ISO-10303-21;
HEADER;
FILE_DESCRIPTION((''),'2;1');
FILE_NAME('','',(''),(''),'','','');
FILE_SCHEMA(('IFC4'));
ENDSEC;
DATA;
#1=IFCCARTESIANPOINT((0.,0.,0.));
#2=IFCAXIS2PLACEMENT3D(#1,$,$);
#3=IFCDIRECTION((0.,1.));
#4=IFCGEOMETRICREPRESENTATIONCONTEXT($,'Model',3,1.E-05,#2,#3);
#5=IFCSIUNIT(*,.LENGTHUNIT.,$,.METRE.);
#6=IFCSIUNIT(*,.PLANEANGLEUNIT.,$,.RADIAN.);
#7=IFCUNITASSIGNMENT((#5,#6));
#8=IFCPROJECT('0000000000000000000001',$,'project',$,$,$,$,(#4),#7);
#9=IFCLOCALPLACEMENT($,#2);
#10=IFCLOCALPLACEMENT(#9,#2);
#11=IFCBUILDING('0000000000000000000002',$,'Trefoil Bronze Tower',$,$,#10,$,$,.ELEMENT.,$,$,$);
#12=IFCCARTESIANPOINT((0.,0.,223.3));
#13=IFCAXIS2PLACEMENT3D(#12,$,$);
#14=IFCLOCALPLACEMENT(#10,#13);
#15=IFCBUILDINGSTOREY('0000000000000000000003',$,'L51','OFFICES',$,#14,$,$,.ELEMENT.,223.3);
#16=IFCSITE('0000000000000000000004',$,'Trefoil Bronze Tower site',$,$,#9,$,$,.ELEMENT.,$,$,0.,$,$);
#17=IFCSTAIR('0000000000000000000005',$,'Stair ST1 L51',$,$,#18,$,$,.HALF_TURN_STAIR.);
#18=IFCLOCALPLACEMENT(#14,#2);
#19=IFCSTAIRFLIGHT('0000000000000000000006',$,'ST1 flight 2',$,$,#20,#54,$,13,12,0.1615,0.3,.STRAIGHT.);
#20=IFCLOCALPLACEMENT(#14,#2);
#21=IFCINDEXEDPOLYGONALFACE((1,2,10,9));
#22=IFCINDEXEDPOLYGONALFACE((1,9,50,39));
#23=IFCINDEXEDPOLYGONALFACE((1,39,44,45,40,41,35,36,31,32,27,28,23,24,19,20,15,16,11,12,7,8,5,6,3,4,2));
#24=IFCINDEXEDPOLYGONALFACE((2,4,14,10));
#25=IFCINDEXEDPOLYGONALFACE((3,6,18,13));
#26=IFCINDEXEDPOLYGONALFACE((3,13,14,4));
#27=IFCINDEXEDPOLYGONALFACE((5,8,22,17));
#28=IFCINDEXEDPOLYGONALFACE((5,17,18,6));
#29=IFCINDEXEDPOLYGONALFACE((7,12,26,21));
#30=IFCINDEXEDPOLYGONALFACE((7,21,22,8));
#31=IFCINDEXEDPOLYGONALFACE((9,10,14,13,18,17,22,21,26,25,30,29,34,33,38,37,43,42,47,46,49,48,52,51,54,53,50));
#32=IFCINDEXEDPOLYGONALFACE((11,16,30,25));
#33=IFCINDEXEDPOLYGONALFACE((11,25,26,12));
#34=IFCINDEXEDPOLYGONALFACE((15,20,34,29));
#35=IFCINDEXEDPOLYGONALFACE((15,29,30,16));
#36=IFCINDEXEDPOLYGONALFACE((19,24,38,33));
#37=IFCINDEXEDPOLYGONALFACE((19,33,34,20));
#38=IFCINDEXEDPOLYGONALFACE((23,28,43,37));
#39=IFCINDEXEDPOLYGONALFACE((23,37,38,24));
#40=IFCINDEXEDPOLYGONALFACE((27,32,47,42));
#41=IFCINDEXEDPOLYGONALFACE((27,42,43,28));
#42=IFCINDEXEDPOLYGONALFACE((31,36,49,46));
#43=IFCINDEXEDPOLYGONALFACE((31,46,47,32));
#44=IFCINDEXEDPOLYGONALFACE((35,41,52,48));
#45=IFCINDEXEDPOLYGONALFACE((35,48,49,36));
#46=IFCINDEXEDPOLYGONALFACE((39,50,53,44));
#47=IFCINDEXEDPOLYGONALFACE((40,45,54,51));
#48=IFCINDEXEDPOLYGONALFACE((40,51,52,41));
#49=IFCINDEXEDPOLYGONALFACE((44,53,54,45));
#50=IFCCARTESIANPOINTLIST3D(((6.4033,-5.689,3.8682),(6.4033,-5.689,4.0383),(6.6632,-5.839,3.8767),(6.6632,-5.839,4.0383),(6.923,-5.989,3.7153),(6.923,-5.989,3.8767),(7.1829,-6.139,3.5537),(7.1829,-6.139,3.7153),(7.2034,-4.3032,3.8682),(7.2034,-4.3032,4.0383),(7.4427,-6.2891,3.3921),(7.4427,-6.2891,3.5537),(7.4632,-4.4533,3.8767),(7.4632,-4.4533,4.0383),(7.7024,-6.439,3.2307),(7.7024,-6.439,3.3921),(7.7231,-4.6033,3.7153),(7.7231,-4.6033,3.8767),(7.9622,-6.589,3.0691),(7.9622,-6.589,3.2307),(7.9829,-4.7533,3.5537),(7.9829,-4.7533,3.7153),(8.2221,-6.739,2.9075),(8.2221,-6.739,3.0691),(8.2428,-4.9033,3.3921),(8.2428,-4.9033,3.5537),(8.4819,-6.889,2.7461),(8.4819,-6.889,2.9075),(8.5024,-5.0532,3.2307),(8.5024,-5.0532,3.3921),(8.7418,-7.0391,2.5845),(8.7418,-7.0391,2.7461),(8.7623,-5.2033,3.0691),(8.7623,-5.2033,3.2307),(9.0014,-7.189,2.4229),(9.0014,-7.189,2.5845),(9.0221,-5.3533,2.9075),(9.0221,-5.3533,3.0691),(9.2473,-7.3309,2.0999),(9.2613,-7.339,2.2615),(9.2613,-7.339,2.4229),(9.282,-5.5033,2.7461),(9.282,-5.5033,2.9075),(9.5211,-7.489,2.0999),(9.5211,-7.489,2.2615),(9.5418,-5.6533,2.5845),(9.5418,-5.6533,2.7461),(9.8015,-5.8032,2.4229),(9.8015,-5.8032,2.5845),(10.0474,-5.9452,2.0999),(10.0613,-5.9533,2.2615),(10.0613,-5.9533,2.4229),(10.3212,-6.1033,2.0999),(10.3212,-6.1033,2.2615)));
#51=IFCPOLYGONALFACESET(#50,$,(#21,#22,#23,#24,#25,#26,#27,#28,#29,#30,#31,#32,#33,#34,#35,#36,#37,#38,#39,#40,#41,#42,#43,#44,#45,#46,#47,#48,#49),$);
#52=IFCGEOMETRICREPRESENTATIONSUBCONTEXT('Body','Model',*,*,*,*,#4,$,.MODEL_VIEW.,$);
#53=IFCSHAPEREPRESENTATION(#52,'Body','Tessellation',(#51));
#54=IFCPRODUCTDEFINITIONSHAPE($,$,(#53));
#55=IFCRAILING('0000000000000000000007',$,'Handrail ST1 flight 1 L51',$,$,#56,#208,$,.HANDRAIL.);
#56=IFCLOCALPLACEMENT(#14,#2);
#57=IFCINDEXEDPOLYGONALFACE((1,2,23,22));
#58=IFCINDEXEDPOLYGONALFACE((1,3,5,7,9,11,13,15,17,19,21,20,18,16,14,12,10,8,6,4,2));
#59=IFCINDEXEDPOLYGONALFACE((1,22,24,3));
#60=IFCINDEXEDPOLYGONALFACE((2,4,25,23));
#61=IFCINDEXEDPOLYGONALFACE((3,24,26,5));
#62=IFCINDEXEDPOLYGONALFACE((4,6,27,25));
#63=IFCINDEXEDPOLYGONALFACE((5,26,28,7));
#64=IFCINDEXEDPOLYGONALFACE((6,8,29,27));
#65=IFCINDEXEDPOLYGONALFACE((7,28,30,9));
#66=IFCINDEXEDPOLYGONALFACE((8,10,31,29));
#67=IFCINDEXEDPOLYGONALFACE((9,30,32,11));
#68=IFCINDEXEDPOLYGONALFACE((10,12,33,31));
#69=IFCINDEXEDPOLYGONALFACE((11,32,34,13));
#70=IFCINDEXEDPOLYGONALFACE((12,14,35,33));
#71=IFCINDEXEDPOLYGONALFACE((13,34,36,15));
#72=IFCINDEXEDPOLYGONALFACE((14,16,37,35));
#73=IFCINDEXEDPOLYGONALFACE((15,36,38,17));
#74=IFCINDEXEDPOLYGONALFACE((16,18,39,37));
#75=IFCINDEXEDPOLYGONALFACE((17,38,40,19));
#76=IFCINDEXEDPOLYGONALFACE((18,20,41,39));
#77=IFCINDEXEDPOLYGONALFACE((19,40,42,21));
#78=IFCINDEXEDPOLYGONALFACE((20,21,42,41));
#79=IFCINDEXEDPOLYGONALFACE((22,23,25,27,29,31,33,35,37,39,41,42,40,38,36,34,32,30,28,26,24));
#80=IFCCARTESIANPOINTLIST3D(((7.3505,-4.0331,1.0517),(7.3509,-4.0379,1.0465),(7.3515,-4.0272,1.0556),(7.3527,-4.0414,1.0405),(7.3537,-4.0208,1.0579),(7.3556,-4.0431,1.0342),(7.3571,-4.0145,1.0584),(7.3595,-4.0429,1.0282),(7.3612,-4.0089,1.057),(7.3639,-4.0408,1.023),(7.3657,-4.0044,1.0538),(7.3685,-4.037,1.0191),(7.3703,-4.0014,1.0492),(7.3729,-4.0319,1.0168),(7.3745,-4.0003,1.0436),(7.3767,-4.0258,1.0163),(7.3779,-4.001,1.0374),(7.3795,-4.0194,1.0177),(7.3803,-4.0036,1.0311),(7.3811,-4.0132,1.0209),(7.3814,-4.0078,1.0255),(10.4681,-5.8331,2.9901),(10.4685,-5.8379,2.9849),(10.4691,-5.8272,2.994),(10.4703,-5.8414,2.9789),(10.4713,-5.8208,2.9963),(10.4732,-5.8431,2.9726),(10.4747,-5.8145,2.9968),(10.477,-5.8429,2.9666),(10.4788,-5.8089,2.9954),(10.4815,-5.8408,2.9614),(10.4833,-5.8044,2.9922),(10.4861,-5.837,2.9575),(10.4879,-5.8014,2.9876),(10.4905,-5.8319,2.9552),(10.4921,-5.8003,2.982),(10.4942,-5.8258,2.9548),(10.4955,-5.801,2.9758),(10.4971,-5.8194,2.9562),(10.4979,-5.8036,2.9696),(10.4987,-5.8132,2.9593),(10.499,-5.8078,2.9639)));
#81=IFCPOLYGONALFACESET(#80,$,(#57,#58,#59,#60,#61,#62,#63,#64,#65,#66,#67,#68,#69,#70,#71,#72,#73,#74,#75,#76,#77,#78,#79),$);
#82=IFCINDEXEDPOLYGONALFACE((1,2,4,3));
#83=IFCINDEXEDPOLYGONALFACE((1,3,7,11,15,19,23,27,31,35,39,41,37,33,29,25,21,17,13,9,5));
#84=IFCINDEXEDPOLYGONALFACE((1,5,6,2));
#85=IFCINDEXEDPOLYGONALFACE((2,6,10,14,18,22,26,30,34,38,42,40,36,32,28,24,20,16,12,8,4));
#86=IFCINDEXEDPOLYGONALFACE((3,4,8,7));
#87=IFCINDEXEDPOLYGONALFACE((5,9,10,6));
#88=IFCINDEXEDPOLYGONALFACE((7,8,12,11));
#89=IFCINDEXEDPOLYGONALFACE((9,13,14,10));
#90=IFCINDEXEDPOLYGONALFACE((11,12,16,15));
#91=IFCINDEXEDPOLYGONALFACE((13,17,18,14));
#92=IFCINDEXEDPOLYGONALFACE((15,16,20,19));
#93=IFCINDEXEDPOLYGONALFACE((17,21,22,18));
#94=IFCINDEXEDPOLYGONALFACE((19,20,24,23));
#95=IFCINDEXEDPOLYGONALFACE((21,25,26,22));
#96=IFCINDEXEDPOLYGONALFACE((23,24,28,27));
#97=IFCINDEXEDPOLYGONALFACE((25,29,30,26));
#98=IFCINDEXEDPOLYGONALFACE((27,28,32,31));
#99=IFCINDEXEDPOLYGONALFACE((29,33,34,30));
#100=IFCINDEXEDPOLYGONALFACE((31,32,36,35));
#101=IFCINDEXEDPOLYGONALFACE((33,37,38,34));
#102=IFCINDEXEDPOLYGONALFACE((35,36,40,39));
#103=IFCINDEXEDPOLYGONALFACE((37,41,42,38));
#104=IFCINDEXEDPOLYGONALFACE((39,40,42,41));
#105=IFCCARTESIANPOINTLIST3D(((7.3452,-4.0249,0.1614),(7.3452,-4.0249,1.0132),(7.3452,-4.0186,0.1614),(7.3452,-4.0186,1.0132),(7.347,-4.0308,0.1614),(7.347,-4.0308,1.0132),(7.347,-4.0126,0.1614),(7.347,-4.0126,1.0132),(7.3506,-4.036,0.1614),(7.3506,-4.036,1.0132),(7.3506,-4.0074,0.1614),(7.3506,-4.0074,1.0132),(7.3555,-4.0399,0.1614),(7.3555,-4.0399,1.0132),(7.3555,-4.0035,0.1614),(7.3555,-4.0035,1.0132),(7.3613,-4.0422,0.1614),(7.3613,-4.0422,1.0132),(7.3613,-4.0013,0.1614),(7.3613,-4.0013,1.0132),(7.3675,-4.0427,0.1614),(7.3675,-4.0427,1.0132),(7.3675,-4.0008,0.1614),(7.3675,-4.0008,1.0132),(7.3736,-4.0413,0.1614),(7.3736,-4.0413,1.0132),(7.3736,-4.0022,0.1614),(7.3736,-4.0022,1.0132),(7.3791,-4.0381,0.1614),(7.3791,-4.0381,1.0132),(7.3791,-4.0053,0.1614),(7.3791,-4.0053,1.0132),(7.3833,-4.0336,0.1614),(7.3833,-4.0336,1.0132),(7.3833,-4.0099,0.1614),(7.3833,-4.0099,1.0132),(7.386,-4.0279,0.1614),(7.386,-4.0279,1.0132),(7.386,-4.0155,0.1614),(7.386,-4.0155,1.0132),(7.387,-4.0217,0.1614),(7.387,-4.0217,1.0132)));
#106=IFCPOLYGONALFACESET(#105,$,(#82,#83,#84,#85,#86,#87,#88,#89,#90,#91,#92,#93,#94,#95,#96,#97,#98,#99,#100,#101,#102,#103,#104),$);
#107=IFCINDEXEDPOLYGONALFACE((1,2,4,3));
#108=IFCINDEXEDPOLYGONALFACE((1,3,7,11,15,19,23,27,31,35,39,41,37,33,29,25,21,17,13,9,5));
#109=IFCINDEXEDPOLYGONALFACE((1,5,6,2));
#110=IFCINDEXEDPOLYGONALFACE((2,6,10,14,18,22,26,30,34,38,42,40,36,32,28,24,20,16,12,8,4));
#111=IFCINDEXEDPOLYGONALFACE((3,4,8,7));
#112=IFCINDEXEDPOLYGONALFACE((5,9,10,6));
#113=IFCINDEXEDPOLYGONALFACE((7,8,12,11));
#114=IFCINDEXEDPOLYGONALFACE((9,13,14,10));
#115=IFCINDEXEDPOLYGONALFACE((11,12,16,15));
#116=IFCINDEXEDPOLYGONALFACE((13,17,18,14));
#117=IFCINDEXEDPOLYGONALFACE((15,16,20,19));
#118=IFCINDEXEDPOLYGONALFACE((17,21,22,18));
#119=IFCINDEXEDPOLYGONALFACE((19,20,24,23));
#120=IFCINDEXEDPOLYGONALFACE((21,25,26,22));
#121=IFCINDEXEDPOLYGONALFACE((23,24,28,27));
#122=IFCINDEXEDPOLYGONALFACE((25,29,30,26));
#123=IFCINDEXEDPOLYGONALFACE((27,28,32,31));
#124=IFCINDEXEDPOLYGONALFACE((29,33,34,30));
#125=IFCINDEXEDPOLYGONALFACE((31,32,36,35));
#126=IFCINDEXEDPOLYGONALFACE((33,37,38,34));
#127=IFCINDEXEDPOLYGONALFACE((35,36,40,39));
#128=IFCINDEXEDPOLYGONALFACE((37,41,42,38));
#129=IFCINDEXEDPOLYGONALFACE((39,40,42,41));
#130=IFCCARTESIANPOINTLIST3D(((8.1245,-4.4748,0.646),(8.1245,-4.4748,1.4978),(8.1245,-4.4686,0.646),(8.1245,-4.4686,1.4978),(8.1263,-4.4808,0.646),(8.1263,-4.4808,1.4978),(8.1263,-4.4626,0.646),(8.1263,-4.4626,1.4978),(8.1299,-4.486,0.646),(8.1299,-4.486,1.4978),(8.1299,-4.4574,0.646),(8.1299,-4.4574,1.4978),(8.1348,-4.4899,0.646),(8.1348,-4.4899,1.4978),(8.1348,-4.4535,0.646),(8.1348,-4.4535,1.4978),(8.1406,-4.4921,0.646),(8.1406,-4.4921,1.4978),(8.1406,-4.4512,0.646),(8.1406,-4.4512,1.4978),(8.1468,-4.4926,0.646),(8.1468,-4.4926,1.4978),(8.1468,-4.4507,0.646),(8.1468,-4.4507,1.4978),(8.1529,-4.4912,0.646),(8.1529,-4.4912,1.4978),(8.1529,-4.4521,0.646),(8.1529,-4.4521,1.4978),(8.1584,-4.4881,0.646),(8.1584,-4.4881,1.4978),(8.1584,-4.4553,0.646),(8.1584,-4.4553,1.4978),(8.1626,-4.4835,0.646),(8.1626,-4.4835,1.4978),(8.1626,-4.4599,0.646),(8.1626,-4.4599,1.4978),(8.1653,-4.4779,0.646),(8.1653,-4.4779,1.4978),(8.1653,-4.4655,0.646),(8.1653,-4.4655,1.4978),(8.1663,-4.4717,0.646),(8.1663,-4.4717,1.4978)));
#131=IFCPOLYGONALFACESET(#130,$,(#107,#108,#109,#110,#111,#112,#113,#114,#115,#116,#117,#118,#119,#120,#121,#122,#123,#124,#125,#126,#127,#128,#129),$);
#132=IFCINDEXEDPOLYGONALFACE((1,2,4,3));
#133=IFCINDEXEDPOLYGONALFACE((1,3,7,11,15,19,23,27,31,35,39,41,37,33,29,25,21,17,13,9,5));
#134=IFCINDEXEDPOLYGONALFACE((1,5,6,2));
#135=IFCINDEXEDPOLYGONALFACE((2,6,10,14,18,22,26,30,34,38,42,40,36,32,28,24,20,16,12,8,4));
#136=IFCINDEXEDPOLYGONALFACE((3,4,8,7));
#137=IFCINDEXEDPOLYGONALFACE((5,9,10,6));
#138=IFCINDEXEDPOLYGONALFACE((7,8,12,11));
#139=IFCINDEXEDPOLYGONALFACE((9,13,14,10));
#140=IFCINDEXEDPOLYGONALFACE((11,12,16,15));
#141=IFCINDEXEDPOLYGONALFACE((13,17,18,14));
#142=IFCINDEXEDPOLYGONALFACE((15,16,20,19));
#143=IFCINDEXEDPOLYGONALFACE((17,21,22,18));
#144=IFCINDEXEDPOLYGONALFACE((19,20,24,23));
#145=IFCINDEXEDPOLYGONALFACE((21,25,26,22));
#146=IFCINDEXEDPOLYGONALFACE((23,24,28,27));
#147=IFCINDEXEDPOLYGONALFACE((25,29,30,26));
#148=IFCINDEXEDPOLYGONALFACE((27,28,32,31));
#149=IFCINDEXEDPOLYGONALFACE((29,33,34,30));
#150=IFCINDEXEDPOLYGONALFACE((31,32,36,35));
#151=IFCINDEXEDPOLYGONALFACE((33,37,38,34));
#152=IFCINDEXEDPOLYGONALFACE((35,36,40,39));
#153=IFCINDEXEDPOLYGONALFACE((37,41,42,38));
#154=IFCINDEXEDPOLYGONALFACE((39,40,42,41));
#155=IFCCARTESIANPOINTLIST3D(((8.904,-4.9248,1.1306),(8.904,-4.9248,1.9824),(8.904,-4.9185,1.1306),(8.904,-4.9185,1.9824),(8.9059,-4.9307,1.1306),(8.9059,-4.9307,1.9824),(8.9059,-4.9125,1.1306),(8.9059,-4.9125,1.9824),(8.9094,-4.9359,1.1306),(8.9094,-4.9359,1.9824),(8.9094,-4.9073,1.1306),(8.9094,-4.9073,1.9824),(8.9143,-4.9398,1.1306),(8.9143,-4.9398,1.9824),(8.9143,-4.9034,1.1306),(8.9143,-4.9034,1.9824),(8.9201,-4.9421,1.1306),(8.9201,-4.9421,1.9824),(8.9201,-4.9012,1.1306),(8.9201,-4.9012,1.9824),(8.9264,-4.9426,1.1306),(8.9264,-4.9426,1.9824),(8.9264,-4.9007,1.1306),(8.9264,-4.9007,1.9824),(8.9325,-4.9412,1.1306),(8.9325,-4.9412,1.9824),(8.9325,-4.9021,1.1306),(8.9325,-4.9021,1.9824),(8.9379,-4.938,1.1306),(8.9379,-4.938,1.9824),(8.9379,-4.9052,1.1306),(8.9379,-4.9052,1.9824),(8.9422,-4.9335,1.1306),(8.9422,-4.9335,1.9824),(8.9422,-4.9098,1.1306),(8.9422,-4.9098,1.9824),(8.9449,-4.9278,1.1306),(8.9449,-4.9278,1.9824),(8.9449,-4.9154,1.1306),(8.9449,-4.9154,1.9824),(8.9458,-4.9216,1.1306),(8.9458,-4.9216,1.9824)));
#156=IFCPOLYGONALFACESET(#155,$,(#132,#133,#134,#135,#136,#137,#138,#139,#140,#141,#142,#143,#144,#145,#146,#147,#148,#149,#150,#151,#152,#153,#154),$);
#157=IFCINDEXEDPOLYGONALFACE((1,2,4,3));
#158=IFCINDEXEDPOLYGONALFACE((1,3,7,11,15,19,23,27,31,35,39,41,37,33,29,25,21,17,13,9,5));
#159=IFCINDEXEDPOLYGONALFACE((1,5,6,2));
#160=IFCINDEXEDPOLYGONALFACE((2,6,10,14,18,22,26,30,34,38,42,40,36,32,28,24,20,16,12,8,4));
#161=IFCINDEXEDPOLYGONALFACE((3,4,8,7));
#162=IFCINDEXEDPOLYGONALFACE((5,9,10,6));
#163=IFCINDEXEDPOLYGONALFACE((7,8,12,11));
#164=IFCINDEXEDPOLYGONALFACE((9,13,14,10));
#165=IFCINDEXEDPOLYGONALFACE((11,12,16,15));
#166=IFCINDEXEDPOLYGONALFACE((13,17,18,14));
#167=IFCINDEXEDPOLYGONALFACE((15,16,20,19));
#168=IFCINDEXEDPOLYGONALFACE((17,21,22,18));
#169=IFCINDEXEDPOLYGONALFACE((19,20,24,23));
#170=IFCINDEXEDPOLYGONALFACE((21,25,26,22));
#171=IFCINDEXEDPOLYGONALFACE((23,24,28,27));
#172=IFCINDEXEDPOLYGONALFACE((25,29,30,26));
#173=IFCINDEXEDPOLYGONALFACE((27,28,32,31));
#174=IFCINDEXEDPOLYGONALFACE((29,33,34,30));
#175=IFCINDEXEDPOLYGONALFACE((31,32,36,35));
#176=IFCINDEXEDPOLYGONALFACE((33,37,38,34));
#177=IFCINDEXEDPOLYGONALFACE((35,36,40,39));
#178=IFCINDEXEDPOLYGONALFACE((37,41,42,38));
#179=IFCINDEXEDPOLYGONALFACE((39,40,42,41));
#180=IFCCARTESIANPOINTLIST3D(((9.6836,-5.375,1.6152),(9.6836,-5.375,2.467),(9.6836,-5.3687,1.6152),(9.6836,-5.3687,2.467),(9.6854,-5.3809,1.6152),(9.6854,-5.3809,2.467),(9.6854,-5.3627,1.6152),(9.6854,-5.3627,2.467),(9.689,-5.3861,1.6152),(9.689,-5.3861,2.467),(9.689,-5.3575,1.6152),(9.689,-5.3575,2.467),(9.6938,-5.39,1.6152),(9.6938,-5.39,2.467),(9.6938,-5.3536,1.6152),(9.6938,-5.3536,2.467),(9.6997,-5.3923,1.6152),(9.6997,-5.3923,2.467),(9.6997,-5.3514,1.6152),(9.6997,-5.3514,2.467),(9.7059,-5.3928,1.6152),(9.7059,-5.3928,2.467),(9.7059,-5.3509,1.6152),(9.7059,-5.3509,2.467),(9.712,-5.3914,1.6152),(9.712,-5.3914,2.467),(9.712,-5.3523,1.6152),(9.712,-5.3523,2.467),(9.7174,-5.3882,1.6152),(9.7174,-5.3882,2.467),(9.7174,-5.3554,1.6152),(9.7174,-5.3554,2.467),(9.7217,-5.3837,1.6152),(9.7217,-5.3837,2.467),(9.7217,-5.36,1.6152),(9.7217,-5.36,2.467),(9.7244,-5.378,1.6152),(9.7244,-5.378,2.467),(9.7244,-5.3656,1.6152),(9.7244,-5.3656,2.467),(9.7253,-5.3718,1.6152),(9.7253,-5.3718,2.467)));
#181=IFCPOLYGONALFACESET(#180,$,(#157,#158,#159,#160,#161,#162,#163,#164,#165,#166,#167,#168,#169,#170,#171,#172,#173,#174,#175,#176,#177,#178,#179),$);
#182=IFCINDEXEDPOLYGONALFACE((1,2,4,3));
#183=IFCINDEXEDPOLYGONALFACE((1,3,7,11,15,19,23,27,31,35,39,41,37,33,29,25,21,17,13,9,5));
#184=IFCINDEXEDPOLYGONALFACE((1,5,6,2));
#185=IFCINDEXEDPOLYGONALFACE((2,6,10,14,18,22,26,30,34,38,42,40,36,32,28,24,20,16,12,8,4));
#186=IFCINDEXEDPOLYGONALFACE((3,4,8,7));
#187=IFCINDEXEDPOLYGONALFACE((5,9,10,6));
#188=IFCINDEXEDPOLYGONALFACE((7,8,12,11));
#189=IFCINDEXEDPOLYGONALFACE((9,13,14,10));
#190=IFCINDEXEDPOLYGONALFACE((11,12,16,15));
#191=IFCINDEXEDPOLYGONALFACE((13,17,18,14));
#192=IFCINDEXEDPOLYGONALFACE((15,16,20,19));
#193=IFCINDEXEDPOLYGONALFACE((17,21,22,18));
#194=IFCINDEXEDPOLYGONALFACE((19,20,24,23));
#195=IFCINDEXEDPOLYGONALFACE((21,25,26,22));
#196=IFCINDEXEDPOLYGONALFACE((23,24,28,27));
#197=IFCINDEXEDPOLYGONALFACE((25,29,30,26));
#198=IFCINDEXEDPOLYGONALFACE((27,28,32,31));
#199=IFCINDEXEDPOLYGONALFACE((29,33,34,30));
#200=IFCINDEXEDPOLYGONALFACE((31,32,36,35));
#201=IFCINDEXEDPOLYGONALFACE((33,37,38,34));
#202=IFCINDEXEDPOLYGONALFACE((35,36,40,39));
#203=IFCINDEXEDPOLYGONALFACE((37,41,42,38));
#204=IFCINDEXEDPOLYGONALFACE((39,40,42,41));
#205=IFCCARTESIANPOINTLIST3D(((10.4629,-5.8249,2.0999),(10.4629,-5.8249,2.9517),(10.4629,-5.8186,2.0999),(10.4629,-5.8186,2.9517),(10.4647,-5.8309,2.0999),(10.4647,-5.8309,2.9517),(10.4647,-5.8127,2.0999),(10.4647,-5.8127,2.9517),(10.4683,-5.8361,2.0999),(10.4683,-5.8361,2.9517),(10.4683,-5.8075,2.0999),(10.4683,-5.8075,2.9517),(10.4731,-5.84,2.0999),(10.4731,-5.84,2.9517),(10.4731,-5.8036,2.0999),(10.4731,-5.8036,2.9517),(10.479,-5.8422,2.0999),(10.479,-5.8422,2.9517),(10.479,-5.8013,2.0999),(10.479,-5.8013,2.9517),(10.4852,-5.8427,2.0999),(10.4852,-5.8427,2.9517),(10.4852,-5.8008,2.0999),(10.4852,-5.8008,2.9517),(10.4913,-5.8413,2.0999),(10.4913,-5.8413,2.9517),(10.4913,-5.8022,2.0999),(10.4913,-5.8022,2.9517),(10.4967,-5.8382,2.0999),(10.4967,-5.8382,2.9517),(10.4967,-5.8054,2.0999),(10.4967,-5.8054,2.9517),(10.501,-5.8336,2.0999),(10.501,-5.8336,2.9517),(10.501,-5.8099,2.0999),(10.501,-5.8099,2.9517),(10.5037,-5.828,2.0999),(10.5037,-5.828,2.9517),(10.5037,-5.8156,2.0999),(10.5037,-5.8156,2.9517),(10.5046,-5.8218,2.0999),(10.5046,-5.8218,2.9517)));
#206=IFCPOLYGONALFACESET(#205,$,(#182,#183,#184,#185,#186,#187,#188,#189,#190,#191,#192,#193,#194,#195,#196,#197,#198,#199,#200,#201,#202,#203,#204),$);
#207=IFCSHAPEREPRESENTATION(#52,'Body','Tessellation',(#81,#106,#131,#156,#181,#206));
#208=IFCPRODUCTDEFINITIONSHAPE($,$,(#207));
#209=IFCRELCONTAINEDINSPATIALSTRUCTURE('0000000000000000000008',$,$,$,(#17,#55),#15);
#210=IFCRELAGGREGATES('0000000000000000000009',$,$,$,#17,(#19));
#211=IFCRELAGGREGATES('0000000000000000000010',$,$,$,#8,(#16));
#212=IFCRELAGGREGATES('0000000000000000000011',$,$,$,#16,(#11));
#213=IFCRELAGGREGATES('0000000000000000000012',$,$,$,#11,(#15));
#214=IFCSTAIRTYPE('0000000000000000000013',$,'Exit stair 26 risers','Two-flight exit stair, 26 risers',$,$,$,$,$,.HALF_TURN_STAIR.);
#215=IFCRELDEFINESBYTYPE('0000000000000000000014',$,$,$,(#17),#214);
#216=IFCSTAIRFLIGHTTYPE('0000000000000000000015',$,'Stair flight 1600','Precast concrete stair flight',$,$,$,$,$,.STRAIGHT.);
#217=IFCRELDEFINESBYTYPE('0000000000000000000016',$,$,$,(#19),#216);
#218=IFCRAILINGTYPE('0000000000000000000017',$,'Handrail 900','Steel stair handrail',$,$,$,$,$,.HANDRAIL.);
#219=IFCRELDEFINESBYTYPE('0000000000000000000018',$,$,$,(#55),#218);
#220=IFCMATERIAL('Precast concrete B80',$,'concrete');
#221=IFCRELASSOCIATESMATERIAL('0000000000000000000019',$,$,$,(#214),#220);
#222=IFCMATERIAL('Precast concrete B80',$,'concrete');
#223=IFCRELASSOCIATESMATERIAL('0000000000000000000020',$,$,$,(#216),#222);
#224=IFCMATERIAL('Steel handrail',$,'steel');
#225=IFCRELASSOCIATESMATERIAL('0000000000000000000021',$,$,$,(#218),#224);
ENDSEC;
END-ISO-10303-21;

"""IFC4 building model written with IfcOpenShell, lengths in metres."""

from ifc_helpers import new_model, si_unit, direction, frame, origin, origin_2d, place, context, subcontext, project, spatial, polyline, circle, outline, extrude, material, type_object, element, aggregate, save


model = new_model("IFC4")

# Units and contexts
model_context = context("Model", 3, precision=1e-05, world=origin(), true_north=direction((0.0, 1.0)))
body_context = subcontext(model_context, "Body", "Model", "MODEL_VIEW")
ifc_project = project(units=[si_unit("LENGTHUNIT", "METRE"), si_unit("PLANEANGLEUNIT", "RADIAN")], contexts=[model_context])

# Site, building, storey
site_placement = place(None, origin())
site = spatial("IfcSite", under=ifc_project, at=site_placement, Name="Trefoil Bronze Tower site", CompositionType="ELEMENT", RefElevation=0.0)
building_placement = place(site_placement, origin())
building = spatial("IfcBuilding", under=site, at=building_placement, Name="Trefoil Bronze Tower", CompositionType="ELEMENT")
storey_placement = place(building_placement, frame((0.0, 0.0, 223.3)))
storey = spatial("IfcBuildingStorey", under=building, at=storey_placement, Name="L51", Description="OFFICES", CompositionType="ELEMENT", Elevation=223.3)

# Stair
ifc_material_1 = material(Name="Precast concrete B80", Category="concrete")
stair_type = type_object("IfcStairType", Name="Exit stair 26 risers", Description="Two-flight exit stair, 26 risers", PredefinedType="HALF_TURN_STAIR", material=ifc_material_1)
stair_1_placement = place(storey_placement, origin())
stair_1 = element("IfcStair", 1, at=stair_1_placement, inside=storey, type_object=stair_type, Name="Stair ST1 L51", PredefinedType="HALF_TURN_STAIR")

# Stair flight
ifc_material_2 = material(Name="Precast concrete B80", Category="concrete")
stair_flight_type = type_object("IfcStairFlightType", Name="Stair flight 1600", Description="Precast concrete stair flight", PredefinedType="STRAIGHT", material=ifc_material_2)
stair_flight_1_placement = place(storey_placement, frame((9.9211, -6.7961, 2.0999), z_axis=(0.0, 0.0, 1.0), x_axis=(-0.866025, 0.5, 0.0)))
stair_flight_1 = element("IfcStairFlight", 2, at=stair_flight_1_placement, type_object=stair_flight_type, Name="ST1 flight 2", NumberOfRisers=13, NumberOfTreads=12, PredefinedType="STRAIGHT", RiserHeight=0.1615, TreadLength=0.3, context=body_context, shape_type="SweptSolid", body=[
    extrude(outline(polyline([(0.0, 0.0), (0.0, 0.1616), (0.3, 0.1616), (0.3, 0.323), (0.6001, 0.323), (0.6001, 0.4846), (0.8999, 0.4846), (0.8999, 0.6462), (1.2, 0.6462), (1.2, 0.8076), (1.5, 0.8076), (1.5, 0.9692), (1.8, 0.9692), (1.8, 1.1309), (2.1001, 1.1309), (2.1001, 1.2922), (2.3999, 1.2922), (2.3999, 1.4539), (2.7, 1.4539), (2.7, 1.6155), (3.0, 1.6155), (3.0, 1.7769), (3.3, 1.7769), (3.3, 1.9385), (3.6001, 1.9385), (3.6001, 2.1001), (3.6001, 1.7683), (0.3162, 0.0), (0.0, 0.0)])), frame((0.0, 0.8, 0.0), z_axis=(0.0, -1.0, 0.0), x_axis=(1.0, 0.0, 0.0)), (0.0, 0.0, 1.0), 1.6001),
])
aggregate(stair_1, [stair_flight_1])

# Railing
ifc_material_3 = material(Name="Steel handrail", Category="steel")
railing_type = type_object("IfcRailingType", Name="Handrail 900", Description="Steel stair handrail", PredefinedType="HANDRAIL", material=ifc_material_3)
railing_1_placement = place(storey_placement, frame((7.366, -4.0217, 0.1614)))
element("IfcRailing", 3, at=railing_1_placement, inside=storey, type_object=railing_type, Name="Handrail ST1 flight 1 L51", PredefinedType="HANDRAIL", context=body_context, shape_type="SweptSolid", body=[
    extrude(circle(Radius=0.0239, at=origin_2d()), frame((0.0, 0.0, 0.876), z_axis=(0.762503, -0.440246, 0.474102), x_axis=(0.500012, 0.866018, 0.0)), (0.0, 0.0, 1.0), 4.0886),
    extrude(circle(Radius=0.021, at=origin_2d()), origin(), (0.0, 0.0, 1.0), 0.8518),
    extrude(circle(Radius=0.021, at=origin_2d()), frame((0.7793, -0.45, 0.4846)), (0.0, 0.0, 1.0), 0.8518),
    extrude(circle(Radius=0.021, at=origin_2d()), frame((1.5588, -0.8999, 0.9692)), (0.0, 0.0, 1.0), 0.8518),
    extrude(circle(Radius=0.021, at=origin_2d()), frame((2.3384, -1.3501, 1.4539)), (0.0, 0.0, 1.0), 0.8518),
    extrude(circle(Radius=0.021, at=origin_2d()), frame((3.1177, -1.8, 1.9385)), (0.0, 0.0, 1.0), 0.8518),
])

save(model, "model.ifc")
